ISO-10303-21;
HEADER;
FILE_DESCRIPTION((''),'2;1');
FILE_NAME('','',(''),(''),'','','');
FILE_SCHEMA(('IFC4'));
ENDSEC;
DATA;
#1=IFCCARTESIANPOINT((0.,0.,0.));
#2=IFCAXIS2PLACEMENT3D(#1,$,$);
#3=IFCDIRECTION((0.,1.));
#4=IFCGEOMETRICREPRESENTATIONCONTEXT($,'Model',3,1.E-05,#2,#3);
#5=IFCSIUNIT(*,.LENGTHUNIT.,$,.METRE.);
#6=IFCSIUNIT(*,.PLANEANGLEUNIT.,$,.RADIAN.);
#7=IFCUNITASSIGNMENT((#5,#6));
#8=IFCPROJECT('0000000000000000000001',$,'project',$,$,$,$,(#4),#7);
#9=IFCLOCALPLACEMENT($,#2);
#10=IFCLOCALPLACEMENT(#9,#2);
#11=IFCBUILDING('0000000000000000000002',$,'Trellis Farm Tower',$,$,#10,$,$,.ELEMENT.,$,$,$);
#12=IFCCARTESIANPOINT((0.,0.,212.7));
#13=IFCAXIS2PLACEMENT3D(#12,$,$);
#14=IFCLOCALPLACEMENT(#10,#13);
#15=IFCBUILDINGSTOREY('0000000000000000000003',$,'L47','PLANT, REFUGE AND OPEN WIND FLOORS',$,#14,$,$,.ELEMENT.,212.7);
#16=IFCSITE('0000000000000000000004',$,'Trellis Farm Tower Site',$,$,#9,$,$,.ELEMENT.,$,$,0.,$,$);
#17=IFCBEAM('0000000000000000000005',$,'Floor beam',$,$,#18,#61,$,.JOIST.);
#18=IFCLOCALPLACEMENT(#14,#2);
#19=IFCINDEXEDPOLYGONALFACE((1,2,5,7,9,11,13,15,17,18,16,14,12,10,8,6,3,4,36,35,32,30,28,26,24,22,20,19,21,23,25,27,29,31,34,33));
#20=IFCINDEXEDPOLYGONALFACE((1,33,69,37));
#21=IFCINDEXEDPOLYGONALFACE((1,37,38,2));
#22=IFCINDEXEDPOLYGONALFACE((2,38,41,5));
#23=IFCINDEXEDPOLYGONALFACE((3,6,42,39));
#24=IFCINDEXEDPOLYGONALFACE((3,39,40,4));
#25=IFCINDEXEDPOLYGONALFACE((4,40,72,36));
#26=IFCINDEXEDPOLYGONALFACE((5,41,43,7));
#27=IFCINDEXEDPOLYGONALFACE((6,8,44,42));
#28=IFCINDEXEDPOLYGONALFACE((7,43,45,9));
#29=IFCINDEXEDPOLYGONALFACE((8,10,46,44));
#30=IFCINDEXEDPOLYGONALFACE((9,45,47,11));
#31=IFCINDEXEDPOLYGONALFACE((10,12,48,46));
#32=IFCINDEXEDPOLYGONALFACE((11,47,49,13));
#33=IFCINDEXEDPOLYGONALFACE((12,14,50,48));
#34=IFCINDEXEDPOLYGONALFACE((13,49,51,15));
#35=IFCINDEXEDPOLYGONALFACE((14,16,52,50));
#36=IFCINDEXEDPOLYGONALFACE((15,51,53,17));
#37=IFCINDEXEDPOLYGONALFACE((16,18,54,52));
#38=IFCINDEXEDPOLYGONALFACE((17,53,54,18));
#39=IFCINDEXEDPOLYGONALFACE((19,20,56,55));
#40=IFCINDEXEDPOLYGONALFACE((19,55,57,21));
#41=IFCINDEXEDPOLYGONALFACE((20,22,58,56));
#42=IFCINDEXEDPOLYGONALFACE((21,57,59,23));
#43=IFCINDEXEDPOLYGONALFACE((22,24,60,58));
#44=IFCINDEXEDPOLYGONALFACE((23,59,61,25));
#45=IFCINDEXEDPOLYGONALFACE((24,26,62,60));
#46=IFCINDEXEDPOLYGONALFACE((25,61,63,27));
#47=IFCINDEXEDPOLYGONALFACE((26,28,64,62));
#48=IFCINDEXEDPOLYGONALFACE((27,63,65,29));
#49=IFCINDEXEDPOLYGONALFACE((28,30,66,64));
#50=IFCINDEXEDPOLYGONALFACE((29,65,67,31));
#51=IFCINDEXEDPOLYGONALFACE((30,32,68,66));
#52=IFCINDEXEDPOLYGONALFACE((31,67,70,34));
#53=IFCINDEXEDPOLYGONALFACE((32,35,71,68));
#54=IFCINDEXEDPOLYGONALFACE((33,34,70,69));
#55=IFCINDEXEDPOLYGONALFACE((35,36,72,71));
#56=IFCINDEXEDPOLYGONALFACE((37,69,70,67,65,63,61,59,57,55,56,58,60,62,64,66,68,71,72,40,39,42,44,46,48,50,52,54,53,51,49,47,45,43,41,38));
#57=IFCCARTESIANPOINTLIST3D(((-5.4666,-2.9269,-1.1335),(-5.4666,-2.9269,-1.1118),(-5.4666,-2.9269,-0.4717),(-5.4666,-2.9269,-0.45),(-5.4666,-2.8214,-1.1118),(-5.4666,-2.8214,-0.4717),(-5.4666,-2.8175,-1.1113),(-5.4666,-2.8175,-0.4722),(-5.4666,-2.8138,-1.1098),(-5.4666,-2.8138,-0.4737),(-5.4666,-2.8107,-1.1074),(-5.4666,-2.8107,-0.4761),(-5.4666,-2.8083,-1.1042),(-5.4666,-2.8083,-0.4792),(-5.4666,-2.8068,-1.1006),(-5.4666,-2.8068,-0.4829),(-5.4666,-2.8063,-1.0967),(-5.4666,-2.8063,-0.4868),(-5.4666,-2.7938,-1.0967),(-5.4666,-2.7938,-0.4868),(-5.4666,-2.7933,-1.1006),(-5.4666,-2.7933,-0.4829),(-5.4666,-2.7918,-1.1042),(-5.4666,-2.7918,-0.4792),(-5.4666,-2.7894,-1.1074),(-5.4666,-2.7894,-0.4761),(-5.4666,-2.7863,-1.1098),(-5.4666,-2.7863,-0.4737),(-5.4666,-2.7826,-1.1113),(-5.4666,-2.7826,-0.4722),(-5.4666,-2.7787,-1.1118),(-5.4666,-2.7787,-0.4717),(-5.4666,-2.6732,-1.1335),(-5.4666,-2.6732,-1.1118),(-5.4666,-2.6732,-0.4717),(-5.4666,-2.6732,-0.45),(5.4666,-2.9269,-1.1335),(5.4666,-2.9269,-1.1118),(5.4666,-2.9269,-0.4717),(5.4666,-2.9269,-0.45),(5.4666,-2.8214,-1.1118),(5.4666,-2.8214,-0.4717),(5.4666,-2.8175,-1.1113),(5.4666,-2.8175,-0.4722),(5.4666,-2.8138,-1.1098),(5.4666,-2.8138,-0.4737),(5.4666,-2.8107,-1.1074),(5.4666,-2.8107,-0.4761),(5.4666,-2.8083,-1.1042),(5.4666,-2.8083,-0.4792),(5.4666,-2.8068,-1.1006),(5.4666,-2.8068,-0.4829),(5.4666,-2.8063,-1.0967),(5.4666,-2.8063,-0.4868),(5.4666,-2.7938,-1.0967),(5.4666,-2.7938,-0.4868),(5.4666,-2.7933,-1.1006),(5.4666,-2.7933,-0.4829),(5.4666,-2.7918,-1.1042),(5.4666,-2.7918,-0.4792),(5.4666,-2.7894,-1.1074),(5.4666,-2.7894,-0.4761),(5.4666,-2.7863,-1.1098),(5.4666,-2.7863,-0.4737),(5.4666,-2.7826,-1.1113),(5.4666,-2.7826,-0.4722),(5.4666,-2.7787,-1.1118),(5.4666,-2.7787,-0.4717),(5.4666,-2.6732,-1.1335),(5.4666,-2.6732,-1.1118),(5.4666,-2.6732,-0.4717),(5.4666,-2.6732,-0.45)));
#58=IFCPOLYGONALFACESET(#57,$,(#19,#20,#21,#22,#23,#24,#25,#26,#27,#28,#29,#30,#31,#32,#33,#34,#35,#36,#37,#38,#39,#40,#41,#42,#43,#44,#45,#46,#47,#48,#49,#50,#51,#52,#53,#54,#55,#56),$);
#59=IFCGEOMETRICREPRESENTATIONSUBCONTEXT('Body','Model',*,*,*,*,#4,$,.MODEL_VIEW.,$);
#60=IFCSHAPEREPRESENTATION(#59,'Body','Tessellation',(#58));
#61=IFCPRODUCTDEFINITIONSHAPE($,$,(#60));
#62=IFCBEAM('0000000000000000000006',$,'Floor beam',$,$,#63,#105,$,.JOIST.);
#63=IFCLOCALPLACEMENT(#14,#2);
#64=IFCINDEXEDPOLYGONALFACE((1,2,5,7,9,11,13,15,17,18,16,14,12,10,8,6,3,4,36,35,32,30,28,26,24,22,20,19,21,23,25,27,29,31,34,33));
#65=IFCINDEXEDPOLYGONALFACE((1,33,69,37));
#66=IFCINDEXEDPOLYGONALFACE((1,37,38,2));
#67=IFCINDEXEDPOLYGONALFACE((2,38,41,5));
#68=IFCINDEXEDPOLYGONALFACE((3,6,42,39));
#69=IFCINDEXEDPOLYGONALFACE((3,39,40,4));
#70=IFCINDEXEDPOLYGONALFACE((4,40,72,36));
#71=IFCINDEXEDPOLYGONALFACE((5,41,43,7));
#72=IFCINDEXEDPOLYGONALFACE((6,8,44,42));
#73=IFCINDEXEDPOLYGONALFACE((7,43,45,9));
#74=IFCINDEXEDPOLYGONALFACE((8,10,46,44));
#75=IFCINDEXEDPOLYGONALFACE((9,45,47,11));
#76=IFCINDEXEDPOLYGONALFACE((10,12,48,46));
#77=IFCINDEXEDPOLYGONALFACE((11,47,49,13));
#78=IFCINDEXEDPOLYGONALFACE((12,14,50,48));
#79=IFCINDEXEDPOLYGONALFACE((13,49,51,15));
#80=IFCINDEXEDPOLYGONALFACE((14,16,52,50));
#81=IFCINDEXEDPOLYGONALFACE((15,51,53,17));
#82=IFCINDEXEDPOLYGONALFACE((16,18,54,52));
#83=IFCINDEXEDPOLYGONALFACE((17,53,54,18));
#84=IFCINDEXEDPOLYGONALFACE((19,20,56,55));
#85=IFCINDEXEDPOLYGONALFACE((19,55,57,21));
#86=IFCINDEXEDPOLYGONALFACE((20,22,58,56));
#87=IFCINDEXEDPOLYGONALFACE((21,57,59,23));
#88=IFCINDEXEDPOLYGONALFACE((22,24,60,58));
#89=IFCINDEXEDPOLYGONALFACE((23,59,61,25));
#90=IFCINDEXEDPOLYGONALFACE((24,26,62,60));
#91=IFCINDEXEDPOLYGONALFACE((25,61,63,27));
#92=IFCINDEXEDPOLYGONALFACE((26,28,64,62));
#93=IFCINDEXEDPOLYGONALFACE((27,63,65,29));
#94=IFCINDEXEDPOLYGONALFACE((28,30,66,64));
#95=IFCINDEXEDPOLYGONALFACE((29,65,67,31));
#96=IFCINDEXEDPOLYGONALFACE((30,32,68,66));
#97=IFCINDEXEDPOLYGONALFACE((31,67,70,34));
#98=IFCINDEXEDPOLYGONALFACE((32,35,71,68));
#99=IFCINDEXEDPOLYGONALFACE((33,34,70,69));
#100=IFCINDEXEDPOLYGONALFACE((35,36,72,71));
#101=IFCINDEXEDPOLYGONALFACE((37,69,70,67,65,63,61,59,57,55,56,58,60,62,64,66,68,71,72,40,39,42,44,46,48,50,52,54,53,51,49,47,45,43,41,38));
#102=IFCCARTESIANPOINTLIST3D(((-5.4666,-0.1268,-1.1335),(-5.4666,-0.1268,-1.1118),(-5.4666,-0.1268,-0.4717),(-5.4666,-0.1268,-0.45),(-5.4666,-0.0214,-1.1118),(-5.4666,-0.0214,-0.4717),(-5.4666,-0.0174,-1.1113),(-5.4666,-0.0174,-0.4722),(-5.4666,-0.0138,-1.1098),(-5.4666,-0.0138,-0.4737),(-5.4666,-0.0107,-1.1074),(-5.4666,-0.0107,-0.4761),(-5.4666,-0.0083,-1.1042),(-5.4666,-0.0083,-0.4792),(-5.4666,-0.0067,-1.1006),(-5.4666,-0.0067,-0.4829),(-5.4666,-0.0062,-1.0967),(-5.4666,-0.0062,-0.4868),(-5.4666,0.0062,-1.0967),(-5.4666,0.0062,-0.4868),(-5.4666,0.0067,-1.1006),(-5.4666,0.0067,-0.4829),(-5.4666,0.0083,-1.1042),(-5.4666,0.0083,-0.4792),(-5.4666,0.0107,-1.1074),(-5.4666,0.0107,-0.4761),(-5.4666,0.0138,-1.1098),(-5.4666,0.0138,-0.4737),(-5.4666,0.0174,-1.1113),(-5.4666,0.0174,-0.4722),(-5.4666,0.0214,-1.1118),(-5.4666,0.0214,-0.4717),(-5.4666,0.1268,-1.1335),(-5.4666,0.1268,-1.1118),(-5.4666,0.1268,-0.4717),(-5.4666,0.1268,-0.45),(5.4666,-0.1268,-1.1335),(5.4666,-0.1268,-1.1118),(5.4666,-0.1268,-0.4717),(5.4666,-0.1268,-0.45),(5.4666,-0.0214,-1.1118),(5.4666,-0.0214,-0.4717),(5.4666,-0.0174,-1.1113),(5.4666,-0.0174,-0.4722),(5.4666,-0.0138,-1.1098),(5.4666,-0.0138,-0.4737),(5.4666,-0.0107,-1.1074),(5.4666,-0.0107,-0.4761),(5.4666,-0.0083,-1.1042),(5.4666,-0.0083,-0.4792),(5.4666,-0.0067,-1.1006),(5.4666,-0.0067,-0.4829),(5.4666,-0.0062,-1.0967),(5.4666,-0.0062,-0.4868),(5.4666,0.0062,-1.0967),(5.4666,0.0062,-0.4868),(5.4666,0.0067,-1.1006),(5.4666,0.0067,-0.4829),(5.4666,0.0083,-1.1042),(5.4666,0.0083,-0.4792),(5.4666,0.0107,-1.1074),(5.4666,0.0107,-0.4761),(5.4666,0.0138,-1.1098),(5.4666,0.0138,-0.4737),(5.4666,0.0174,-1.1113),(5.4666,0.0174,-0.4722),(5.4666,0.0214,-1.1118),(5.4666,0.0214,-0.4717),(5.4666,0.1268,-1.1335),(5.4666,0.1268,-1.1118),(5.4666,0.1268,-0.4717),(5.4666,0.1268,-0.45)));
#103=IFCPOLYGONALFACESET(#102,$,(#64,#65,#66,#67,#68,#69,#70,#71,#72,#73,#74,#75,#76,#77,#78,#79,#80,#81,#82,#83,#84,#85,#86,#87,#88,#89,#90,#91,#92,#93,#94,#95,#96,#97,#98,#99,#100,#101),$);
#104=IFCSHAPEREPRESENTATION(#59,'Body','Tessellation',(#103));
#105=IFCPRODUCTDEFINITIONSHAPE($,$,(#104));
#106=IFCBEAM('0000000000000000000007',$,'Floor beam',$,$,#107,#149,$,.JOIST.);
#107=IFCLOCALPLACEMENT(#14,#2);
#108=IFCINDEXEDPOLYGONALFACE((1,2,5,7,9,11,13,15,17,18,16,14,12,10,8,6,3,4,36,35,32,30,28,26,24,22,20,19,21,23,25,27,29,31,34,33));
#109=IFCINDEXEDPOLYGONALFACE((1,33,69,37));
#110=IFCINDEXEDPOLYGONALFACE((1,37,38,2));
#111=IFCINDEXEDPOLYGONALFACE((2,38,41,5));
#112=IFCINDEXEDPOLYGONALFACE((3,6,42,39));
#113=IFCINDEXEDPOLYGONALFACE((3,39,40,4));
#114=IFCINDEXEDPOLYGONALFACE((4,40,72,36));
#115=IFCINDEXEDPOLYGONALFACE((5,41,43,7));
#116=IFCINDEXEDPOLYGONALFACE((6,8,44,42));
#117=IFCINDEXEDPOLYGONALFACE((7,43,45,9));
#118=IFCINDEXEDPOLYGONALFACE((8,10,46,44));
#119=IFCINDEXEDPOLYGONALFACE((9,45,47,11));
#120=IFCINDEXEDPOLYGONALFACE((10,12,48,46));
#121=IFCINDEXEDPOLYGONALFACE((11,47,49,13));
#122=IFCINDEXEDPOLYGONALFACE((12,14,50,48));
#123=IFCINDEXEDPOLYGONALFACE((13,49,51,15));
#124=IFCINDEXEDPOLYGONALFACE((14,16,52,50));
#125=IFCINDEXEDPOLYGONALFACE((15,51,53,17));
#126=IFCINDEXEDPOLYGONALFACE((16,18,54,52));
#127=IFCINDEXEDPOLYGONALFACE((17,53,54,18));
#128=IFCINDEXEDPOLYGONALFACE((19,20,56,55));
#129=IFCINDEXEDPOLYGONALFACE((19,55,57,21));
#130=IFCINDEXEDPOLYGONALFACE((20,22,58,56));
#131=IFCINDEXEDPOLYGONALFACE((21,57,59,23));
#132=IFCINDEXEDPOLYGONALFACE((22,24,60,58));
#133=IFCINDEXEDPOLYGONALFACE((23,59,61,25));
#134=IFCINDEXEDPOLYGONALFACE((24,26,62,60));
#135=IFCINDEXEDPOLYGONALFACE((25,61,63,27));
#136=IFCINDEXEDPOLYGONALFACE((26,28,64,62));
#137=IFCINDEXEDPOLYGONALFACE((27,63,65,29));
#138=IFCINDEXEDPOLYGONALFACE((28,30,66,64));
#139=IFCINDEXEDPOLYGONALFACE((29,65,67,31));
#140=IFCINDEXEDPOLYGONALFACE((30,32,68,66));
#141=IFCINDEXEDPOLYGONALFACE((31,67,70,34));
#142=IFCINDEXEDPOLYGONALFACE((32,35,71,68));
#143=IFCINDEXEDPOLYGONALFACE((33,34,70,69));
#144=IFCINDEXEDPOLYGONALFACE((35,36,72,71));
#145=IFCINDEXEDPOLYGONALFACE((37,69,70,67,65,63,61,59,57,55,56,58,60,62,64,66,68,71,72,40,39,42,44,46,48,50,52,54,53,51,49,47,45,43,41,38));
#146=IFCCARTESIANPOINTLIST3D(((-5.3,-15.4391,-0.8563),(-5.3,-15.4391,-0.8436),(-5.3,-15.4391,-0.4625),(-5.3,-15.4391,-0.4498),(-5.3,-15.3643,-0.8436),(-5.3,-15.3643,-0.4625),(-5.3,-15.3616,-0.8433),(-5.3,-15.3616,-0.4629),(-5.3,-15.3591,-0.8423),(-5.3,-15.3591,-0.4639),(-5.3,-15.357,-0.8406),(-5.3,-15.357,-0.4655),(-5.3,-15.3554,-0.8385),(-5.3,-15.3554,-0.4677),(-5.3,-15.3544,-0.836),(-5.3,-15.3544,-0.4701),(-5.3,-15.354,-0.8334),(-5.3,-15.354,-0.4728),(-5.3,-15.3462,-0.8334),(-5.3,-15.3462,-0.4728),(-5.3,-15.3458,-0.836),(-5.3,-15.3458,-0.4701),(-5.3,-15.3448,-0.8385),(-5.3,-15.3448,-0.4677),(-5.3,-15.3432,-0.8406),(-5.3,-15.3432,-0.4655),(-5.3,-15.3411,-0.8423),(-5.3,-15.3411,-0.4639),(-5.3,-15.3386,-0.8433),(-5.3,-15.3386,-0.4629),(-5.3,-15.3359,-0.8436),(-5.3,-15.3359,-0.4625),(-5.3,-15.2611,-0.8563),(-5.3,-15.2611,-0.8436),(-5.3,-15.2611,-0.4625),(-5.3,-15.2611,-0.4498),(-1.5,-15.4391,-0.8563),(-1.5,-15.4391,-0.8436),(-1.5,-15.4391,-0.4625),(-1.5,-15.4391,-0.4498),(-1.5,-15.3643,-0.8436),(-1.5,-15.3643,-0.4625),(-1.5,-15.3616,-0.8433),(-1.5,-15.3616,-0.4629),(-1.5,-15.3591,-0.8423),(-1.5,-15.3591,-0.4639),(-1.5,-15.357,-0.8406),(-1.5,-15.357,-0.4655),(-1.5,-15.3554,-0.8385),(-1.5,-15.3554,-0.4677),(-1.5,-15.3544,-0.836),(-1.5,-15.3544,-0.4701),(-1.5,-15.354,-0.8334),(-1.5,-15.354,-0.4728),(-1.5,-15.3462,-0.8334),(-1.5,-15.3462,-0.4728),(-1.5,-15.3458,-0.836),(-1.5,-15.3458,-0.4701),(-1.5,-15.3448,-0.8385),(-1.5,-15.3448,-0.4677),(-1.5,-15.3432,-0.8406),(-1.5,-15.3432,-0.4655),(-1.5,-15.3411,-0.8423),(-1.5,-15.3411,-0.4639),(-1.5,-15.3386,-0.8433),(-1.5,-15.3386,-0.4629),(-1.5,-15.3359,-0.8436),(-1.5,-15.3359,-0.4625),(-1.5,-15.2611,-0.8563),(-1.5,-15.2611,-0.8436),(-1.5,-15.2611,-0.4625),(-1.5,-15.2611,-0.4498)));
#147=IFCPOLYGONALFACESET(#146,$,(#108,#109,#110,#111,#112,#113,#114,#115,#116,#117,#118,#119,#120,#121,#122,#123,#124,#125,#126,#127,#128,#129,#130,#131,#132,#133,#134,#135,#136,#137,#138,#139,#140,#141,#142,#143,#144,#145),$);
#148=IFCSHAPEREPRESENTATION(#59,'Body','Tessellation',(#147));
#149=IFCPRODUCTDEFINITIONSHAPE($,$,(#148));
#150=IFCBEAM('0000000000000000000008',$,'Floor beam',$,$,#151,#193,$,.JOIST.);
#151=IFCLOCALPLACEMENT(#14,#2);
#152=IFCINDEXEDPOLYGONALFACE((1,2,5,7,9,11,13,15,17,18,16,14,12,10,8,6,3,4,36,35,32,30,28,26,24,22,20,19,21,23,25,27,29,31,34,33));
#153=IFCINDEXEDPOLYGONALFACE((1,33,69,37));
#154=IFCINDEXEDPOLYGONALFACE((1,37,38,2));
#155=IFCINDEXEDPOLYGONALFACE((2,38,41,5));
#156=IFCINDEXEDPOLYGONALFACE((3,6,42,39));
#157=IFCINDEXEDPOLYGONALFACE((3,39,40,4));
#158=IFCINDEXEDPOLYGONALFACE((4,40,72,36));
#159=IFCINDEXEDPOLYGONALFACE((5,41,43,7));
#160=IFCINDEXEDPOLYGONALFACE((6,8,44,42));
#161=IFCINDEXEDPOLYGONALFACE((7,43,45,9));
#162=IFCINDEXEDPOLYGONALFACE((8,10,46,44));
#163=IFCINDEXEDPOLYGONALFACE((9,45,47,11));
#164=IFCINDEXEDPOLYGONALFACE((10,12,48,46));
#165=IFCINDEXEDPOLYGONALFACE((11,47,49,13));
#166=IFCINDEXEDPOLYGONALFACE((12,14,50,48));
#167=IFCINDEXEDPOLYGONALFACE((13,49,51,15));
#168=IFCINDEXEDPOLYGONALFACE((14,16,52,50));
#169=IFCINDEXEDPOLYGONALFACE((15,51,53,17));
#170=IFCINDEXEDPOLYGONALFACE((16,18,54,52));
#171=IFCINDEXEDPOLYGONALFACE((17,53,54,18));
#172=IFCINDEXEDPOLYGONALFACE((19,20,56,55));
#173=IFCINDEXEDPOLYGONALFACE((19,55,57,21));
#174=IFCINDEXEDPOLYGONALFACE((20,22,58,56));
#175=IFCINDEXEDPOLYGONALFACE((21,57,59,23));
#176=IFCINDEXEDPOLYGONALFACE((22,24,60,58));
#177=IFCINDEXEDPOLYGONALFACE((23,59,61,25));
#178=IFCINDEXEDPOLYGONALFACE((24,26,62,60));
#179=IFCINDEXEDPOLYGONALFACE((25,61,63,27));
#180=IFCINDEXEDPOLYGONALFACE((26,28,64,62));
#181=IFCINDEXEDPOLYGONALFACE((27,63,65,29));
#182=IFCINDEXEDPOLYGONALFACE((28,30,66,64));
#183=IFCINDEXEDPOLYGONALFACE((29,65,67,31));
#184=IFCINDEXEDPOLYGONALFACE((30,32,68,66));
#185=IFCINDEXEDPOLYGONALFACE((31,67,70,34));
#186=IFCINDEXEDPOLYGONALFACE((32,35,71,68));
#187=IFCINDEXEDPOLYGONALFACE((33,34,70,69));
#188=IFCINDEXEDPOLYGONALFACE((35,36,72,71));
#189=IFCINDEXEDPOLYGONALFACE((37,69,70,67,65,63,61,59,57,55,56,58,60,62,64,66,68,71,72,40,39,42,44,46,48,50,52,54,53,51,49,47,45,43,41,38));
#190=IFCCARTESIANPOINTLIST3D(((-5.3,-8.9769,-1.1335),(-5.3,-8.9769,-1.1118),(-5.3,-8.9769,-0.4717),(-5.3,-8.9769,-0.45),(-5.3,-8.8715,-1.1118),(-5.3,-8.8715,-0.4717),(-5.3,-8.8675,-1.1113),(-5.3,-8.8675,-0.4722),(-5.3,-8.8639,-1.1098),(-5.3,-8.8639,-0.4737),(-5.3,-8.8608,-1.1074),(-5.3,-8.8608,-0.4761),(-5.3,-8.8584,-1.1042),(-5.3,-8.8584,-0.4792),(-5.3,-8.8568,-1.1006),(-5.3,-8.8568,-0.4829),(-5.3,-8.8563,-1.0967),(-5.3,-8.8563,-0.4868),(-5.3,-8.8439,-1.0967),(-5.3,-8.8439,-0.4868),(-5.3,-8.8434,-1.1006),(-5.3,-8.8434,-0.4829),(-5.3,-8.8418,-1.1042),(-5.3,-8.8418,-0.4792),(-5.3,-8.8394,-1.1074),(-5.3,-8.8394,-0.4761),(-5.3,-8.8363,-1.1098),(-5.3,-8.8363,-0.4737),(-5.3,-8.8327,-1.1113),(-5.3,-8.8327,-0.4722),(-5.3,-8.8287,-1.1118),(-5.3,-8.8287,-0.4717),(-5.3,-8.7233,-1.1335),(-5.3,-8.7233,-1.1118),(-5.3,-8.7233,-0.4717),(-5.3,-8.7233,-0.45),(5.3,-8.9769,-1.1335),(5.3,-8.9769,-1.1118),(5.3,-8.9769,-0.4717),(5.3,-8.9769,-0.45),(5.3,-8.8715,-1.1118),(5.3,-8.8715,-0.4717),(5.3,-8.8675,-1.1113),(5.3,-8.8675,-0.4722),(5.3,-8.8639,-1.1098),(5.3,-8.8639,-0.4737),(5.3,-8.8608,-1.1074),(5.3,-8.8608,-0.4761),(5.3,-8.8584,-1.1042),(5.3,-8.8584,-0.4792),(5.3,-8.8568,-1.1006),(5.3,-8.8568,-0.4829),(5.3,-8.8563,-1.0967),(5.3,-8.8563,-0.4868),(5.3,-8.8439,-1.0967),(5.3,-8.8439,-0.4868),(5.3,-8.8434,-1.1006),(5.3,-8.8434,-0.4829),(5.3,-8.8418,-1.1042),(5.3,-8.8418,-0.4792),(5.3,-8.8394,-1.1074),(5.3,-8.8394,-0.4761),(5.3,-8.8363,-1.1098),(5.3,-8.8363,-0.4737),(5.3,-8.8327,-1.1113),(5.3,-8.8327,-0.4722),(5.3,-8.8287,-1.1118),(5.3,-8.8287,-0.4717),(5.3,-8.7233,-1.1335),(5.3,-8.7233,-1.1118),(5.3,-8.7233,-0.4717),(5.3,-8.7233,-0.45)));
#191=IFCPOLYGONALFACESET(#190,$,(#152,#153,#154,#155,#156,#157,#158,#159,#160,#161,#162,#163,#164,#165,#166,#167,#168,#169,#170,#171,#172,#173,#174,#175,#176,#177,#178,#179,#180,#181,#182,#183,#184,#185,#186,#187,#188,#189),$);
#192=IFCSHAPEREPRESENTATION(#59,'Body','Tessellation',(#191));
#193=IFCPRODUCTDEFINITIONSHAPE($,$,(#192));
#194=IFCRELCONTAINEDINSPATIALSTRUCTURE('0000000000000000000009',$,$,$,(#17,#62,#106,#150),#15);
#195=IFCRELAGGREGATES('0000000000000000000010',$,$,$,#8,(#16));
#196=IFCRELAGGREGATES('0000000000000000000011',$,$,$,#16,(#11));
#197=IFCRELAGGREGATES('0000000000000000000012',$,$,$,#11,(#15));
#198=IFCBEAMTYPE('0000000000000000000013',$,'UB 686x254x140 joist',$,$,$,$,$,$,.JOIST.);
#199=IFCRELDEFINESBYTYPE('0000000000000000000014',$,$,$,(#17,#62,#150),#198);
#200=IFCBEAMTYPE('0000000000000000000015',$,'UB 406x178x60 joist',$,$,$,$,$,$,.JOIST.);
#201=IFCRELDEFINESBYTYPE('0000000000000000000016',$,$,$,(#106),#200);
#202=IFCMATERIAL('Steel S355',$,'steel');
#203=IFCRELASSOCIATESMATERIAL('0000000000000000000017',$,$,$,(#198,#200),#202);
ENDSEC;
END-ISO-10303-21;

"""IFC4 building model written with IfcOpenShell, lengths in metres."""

from ifc_helpers import new_model, si_unit, direction, frame, origin, origin_2d, place, context, subcontext, project, spatial, i_section, extrude, source, transform, mapped, material, material_profile, profile_set, type_object, element, save


model = new_model("IFC4")

# Units and contexts
model_context = context("Model", 3, precision=1e-05, world=origin(), true_north=direction((0.0, 1.0)))
body_context = subcontext(model_context, "Body", "Model", "MODEL_VIEW")
ifc_project = project(units=[si_unit("LENGTHUNIT", "METRE"), si_unit("PLANEANGLEUNIT", "RADIAN")], contexts=[model_context])

# Site, building, storey
site_placement = place(None, origin())
site = spatial("IfcSite", under=ifc_project, at=site_placement, Name="Trellis Farm Tower Site", CompositionType="ELEMENT", RefElevation=0.0)
building_placement = place(site_placement, origin())
building = spatial("IfcBuilding", under=site, at=building_placement, Name="Trellis Farm Tower", CompositionType="ELEMENT")
storey_placement = place(building_placement, frame((0.0, 0.0, 212.7)))
storey = spatial("IfcBuildingStorey", under=building, at=storey_placement, Name="L47", Description="PLANT, REFUGE AND OPEN WIND FLOORS", CompositionType="ELEMENT", Elevation=212.7)

# Beams
ifc_material_1 = material(Name="Steel S355", Category="steel")
ifc_material_profile_1 = material_profile(ifc_material_1, i_section(OverallWidth=0.2537, OverallDepth=0.6836, WebThickness=0.0125, FlangeThickness=0.0217, FilletRadius=0.0151, at=origin_2d()), Name="UB 686x254x140")
ifc_profile_set_1 = profile_set([ifc_material_profile_1], Name="Steel S355")
beam_type_1 = type_object("IfcBeamType", Name="UB 686x254x140 joist", PredefinedType="JOIST", material=ifc_profile_set_1)
shared_shape_1 = source(origin(), body_context, "Body", "SweptSolid", [
    extrude(i_section(OverallWidth=0.2537, OverallDepth=0.6836, WebThickness=0.0125, FlangeThickness=0.0217, FilletRadius=0.0151, at=origin_2d()), origin(), (0.0, 0.0, 1.0), 10.9331),
])
for number, where, z_axis, x_axis, name in (
    (1, (-5.4666, -2.8, -0.7917), (1.0, 0.0, 0.0), (0.0, 1.0, 0.0), "Floor beam"),
    (2, (-5.4666, 0.0, -0.7917), (1.0, 0.0, 0.0), (0.0, 1.0, 0.0), "Floor beam"),
):
    element("IfcBeam", number, at=place(storey_placement, frame(where, z_axis=z_axis, x_axis=x_axis)), inside=storey, type_object=beam_type_1, Name=name, PredefinedType="JOIST", context=body_context, shape_type="MappedRepresentation", body=[
        mapped(shared_shape_1, transform((0.0, 0.0, 0.0))),
    ])
ifc_material_profile_2 = material_profile(ifc_material_1, i_section(OverallWidth=0.178, OverallDepth=0.4065, WebThickness=0.0078, FlangeThickness=0.0127, FilletRadius=0.0103, at=origin_2d()), Name="UB 406x178x60")
ifc_profile_set_2 = profile_set([ifc_material_profile_2], Name="Steel S355")
beam_type_2 = type_object("IfcBeamType", Name="UB 406x178x60 joist", PredefinedType="JOIST", material=ifc_profile_set_2)
shared_shape_2 = source(origin(), body_context, "Body", "SweptSolid", [
    extrude(i_section(OverallWidth=0.178, OverallDepth=0.4065, WebThickness=0.0078, FlangeThickness=0.0127, FilletRadius=0.0103, at=origin_2d()), origin(), (0.0, 0.0, 1.0), 3.8),
])
beam_1_placement = place(storey_placement, frame((-5.3, -15.3501, -0.6531), z_axis=(1.0, 0.0, 0.0), x_axis=(0.0, 1.0, 0.0)))
element("IfcBeam", 3, at=beam_1_placement, inside=storey, type_object=beam_type_2, Name="Floor beam", PredefinedType="JOIST", context=body_context, shape_type="MappedRepresentation", body=[
    mapped(shared_shape_2, transform((0.0, 0.0, 0.0))),
])
shared_shape_3 = source(origin(), body_context, "Body", "SweptSolid", [
    extrude(i_section(OverallWidth=0.2537, OverallDepth=0.6836, WebThickness=0.0125, FlangeThickness=0.0217, FilletRadius=0.0151, at=origin_2d()), origin(), (0.0, 0.0, 1.0), 10.6001),
])
beam_2_placement = place(storey_placement, frame((-5.3, -8.8501, -0.7917), z_axis=(1.0, 0.0, 0.0), x_axis=(0.0, 1.0, 0.0)))
element("IfcBeam", 4, at=beam_2_placement, inside=storey, type_object=beam_type_1, Name="Floor beam", PredefinedType="JOIST", context=body_context, shape_type="MappedRepresentation", body=[
    mapped(shared_shape_3, transform((0.0, 0.0, 0.0))),
])

save(model, "model.ifc")
